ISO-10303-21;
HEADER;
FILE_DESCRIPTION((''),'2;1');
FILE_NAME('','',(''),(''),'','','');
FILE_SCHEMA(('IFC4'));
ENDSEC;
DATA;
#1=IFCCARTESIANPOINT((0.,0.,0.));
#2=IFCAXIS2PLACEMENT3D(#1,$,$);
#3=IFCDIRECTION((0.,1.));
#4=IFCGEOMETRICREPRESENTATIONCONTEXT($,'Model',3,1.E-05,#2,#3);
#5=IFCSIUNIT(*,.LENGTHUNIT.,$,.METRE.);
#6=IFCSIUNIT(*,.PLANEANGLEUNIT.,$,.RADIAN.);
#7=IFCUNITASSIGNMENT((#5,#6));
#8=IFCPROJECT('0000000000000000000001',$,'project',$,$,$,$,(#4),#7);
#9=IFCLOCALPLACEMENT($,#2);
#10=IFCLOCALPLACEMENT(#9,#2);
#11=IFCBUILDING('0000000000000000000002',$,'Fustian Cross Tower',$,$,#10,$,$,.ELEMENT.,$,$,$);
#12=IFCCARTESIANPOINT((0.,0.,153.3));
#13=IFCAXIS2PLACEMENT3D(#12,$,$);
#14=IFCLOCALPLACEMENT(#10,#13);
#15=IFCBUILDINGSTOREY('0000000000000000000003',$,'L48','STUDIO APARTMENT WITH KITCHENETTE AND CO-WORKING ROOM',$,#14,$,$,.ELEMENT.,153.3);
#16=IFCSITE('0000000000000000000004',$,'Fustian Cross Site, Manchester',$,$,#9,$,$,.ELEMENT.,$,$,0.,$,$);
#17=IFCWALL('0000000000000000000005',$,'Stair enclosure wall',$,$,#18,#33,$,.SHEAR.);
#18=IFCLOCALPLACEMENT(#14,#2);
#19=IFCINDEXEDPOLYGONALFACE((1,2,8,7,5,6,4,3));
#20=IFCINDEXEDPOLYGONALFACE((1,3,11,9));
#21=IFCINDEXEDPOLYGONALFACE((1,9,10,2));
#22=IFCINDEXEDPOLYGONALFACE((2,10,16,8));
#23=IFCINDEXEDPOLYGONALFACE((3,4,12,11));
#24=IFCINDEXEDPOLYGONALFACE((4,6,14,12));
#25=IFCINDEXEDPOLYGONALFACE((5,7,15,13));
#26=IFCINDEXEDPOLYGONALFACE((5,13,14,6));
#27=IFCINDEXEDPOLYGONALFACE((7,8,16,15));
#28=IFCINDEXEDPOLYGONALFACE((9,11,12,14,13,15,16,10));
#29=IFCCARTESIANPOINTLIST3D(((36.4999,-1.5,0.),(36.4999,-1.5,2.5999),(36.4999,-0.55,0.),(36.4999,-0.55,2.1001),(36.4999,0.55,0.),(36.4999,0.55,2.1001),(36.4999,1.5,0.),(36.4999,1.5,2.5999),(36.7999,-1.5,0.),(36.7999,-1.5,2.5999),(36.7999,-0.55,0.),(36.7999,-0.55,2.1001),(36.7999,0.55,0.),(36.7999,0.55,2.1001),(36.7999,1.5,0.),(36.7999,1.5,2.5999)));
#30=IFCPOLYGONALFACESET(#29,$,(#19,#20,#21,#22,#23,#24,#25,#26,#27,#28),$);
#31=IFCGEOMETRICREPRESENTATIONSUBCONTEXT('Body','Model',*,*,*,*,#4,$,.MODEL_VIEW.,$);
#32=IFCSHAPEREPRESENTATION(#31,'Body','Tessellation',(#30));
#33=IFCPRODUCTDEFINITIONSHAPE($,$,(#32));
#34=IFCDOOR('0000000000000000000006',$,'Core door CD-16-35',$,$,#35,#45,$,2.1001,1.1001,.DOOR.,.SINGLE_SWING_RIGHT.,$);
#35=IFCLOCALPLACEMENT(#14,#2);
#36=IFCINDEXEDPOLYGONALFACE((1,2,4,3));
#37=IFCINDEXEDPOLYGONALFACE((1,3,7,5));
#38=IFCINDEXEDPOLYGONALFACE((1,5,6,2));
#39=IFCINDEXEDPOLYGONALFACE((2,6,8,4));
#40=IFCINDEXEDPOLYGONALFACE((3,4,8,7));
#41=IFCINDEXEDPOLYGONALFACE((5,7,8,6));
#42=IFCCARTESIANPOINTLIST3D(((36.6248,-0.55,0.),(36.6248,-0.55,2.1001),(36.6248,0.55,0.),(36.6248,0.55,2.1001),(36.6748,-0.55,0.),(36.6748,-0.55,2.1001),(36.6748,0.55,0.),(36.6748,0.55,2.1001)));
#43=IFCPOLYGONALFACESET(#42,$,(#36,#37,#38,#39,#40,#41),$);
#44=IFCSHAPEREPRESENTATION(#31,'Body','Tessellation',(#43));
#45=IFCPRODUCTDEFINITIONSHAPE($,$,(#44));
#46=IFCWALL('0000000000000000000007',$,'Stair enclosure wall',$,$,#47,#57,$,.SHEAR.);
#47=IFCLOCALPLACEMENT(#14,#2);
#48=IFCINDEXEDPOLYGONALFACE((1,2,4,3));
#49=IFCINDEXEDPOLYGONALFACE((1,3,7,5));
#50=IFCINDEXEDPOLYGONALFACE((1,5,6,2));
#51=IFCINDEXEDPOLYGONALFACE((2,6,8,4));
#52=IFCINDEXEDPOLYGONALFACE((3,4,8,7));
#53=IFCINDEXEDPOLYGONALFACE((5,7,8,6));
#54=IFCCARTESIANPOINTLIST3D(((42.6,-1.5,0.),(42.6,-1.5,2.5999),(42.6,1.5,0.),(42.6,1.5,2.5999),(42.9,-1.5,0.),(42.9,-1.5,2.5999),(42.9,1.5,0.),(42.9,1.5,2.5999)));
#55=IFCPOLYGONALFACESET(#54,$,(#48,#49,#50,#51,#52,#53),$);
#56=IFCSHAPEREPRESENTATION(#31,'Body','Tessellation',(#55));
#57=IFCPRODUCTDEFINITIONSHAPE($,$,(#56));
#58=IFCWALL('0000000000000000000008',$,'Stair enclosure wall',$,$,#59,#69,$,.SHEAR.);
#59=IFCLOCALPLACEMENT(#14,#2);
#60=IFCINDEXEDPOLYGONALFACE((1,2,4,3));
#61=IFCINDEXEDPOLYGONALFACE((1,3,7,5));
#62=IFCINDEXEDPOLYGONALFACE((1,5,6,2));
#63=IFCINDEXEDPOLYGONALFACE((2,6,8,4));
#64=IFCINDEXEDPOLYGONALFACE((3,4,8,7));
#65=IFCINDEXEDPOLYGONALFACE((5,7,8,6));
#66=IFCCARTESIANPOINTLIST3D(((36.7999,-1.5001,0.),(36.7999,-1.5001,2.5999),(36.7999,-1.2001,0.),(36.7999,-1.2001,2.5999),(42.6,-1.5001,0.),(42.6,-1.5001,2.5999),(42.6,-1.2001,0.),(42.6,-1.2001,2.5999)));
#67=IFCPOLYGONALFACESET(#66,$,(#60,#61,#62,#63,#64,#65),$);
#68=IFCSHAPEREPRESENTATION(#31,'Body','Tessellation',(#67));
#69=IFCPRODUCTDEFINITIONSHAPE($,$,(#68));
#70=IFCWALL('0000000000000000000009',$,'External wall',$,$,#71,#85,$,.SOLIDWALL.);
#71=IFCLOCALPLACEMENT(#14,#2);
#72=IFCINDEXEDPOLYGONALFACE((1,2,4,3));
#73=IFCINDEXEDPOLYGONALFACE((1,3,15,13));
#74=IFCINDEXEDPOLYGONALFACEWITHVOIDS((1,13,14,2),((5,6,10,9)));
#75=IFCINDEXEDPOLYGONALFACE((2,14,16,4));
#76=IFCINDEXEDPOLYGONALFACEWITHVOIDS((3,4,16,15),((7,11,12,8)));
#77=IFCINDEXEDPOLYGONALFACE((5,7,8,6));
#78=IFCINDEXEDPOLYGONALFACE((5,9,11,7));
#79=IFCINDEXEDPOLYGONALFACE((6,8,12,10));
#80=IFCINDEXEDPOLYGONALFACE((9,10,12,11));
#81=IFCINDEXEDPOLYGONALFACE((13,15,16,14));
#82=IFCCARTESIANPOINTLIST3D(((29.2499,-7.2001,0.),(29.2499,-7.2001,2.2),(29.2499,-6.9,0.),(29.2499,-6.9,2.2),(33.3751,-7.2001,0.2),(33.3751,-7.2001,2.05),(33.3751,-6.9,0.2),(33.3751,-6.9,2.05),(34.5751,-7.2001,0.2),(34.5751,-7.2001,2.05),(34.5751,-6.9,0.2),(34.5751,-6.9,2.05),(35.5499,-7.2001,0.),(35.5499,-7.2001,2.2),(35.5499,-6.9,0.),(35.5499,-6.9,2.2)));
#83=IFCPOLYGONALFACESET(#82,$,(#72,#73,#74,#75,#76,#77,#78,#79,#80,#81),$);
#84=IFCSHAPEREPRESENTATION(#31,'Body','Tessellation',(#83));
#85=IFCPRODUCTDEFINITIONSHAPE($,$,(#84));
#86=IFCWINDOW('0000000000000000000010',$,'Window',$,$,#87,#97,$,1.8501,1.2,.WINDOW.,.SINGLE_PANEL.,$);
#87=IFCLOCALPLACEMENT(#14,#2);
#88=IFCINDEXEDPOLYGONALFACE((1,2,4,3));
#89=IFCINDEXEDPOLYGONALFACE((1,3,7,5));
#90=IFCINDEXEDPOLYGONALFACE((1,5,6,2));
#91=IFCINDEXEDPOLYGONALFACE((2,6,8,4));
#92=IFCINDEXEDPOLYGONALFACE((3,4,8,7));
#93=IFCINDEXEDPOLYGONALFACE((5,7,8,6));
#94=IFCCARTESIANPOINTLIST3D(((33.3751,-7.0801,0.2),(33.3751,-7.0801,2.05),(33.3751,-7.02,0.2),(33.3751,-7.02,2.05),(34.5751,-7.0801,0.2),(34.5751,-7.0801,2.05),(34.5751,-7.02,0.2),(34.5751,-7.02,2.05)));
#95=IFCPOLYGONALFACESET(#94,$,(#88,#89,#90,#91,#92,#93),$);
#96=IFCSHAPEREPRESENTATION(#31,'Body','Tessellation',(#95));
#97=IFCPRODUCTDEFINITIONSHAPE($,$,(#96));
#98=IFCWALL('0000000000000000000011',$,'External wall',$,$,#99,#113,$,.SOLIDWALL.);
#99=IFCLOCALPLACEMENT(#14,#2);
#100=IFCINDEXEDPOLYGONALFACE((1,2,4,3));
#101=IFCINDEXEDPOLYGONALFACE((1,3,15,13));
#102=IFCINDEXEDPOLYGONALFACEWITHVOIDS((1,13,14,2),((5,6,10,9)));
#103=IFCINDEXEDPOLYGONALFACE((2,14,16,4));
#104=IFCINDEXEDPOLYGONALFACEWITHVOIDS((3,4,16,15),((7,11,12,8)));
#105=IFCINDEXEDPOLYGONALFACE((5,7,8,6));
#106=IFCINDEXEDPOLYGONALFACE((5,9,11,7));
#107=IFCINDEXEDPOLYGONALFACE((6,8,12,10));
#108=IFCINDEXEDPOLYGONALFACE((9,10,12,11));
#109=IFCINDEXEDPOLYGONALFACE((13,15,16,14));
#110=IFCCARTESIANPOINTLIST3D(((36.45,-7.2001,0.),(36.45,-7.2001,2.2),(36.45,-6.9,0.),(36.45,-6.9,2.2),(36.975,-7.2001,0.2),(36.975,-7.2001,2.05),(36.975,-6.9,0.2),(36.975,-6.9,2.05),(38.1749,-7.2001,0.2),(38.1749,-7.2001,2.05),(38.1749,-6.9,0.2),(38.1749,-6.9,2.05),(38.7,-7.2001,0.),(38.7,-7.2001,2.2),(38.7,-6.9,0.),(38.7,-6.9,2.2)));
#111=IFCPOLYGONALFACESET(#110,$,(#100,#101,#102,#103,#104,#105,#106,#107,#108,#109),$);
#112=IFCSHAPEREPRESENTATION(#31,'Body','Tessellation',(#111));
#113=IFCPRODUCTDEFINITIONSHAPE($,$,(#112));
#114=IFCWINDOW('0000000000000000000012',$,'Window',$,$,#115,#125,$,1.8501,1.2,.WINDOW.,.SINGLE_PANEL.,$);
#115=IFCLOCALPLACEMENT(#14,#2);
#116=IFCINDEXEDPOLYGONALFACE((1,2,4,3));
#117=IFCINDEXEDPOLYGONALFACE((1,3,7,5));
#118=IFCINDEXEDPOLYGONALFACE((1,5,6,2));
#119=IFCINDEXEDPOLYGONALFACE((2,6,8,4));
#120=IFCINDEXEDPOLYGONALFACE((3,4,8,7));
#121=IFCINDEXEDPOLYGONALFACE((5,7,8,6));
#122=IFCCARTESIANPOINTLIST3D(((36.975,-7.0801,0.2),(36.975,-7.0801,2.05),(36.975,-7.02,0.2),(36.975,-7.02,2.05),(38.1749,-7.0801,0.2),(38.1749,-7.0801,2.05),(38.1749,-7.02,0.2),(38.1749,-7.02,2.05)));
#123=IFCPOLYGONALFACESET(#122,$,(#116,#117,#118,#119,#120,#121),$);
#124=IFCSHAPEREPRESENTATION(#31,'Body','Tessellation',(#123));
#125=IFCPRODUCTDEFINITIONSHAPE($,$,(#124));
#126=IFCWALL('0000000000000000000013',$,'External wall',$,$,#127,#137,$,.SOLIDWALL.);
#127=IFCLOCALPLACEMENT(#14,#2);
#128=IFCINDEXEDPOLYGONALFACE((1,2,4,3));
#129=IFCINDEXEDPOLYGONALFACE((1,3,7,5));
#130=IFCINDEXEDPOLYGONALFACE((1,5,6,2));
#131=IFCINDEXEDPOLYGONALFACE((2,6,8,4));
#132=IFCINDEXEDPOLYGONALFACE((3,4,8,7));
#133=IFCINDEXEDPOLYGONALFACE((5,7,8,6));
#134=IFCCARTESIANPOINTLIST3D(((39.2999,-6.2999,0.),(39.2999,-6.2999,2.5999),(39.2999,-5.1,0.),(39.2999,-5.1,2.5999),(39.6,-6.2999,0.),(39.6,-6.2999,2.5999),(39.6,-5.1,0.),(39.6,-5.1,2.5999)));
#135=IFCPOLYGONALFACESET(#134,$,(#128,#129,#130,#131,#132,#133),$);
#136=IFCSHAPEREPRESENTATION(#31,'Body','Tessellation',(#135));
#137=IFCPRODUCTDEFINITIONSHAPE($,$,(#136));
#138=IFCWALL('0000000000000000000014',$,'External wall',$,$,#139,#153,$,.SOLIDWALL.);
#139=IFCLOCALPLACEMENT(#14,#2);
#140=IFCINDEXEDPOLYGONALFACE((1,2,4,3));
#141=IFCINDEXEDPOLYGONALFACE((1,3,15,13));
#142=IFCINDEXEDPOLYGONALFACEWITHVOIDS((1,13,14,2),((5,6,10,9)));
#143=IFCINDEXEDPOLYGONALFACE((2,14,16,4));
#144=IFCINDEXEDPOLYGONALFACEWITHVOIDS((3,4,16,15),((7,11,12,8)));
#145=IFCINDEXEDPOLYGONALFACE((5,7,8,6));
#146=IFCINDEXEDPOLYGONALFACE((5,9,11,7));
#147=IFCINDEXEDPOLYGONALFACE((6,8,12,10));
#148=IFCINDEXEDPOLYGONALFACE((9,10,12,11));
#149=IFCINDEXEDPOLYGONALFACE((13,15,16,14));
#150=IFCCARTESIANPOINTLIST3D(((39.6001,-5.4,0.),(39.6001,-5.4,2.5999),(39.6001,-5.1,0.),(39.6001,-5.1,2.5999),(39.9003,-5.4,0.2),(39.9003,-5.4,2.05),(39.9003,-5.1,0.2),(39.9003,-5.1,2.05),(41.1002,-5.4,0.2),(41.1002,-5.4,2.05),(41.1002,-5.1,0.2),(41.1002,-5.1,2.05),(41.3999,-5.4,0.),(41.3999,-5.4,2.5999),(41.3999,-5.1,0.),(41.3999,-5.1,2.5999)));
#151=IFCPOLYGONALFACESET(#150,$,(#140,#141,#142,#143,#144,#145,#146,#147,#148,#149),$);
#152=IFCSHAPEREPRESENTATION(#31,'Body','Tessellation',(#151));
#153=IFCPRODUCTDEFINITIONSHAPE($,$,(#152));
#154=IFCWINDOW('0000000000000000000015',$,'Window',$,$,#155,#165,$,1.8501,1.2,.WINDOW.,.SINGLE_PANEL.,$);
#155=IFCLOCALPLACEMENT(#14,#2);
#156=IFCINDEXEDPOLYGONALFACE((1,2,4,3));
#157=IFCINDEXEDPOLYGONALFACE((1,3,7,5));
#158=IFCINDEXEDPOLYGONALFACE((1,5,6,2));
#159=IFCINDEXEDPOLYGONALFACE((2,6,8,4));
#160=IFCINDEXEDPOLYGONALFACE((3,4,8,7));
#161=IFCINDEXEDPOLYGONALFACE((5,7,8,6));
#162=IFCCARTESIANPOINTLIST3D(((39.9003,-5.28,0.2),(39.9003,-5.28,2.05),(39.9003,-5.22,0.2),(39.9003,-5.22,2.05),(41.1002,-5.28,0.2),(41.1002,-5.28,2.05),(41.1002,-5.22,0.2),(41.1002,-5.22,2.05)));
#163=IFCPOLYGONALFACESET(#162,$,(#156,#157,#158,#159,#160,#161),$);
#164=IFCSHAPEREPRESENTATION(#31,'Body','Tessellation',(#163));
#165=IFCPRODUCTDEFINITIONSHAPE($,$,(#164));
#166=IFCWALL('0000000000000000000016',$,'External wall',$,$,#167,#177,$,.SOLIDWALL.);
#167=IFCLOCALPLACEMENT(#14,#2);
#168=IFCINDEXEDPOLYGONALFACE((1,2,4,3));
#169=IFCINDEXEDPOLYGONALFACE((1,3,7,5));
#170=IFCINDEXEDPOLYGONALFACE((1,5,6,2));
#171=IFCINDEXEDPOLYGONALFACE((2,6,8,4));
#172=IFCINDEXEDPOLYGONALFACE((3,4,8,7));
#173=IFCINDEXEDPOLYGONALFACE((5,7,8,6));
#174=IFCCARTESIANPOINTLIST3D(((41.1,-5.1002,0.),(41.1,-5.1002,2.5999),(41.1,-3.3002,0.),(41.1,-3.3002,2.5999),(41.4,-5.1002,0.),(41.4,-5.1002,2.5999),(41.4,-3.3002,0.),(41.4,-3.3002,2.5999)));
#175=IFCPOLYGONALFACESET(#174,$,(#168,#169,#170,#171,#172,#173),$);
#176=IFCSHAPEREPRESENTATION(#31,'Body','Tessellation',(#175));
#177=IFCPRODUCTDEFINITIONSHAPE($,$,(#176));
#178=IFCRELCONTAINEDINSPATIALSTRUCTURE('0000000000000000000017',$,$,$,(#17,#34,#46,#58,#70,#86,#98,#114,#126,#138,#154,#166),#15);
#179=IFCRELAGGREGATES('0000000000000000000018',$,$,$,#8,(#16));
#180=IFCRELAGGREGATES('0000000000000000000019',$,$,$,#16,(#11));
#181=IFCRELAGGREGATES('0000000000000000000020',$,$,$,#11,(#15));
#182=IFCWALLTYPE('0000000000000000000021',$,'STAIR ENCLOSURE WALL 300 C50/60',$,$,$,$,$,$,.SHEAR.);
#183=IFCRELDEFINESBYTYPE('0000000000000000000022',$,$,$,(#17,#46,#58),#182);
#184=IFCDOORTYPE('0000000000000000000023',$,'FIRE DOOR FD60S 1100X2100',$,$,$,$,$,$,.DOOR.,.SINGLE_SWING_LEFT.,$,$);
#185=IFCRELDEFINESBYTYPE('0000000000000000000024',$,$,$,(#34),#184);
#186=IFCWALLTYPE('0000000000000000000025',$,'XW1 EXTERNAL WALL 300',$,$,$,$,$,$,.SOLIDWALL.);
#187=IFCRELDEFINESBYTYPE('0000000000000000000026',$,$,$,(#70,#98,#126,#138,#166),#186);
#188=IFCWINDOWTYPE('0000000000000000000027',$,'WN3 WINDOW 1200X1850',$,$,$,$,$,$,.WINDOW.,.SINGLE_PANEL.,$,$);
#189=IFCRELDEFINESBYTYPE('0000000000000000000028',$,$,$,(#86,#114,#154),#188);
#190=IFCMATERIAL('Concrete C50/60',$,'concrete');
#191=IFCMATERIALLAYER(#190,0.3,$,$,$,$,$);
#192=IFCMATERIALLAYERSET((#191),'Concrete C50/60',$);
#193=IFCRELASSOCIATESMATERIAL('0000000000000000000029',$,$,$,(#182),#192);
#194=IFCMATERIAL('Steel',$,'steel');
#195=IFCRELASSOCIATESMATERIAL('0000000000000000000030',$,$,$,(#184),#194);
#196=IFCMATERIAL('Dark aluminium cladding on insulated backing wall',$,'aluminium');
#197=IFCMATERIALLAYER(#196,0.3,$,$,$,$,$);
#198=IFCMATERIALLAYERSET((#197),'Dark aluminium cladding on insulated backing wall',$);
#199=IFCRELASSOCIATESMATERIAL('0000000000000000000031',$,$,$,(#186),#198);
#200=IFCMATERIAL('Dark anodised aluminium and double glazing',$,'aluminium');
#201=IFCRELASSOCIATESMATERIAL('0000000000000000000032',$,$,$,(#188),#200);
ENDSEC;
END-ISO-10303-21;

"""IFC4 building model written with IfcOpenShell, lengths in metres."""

from ifc_helpers import new_model, si_unit, direction, frame, frame_2d, origin, place, context, subcontext, project, spatial, rectangle, extrude, material, layer, layer_set, type_object, element, fill, save


model = new_model("IFC4")

# Units and contexts
model_context = context("Model", 3, precision=1e-05, world=origin(), true_north=direction((0.0, 1.0)))
body_context = subcontext(model_context, "Body", "Model", "MODEL_VIEW")
ifc_project = project(units=[si_unit("LENGTHUNIT", "METRE"), si_unit("PLANEANGLEUNIT", "RADIAN")], contexts=[model_context])

# Site, building, storey
site_placement = place(None, origin())
site = spatial("IfcSite", under=ifc_project, at=site_placement, Name="Fustian Cross Site, Manchester", CompositionType="ELEMENT", RefElevation=0.0)
building_placement = place(site_placement, origin())
building = spatial("IfcBuilding", under=site, at=building_placement, Name="Fustian Cross Tower", CompositionType="ELEMENT")
storey_placement = place(building_placement, frame((0.0, 0.0, 153.3)))
storey = spatial("IfcBuildingStorey", under=building, at=storey_placement, Name="L48", Description="STUDIO APARTMENT WITH KITCHENETTE AND CO-WORKING ROOM", CompositionType="ELEMENT", Elevation=153.3)

# Wall, opening, door
ifc_material_1 = material(Name="Concrete C50/60", Category="concrete")
ifc_layer_1 = layer(ifc_material_1, 0.3)
ifc_layer_set_1 = layer_set([ifc_layer_1], Name="Concrete C50/60")
wall_type_1 = type_object("IfcWallType", Name="STAIR ENCLOSURE WALL 300 C50/60", PredefinedType="SHEAR", material=ifc_layer_set_1)
wall_1_placement = place(storey_placement, frame((36.6499, -1.5, 0.0), z_axis=(0.0, 0.0, 1.0), x_axis=(0.0, 1.0, 0.0)))
wall_1 = element("IfcWall", 1, at=wall_1_placement, inside=storey, type_object=wall_type_1, Name="Stair enclosure wall", PredefinedType="SHEAR", context=body_context, shape_type="SweptSolid", body=[
    extrude(rectangle(XDim=3.0, YDim=0.3, at=frame_2d((1.5, 0.0))), origin(), (0.0, 0.0, 1.0), 2.5999),
])
opening_1_placement = place(wall_1_placement, frame((0.95, 0.0, 0.0)))
opening_1 = element("IfcOpeningElement", 2, at=opening_1_placement, cuts=wall_1, PredefinedType="OPENING", context=body_context, shape_type="SweptSolid", body=[
    extrude(rectangle(XDim=1.1001, YDim=2.1001, at=frame_2d((0.55, 1.05))), frame((0.0, 0.1599, 0.0), z_axis=(0.0, -1.0, 0.0), x_axis=(1.0, 0.0, 0.0)), (0.0, 0.0, 1.0), 0.3201),
])
ifc_material_2 = material(Name="Steel", Category="steel")
door_type = type_object("IfcDoorType", Name="FIRE DOOR FD60S 1100X2100", OperationType="SINGLE_SWING_LEFT", PredefinedType="DOOR", material=ifc_material_2)
door_placement = place(opening_1_placement, frame((1.1001, 0.0, 0.0), z_axis=(0.0, 0.0, 1.0), x_axis=(-1.0, 0.0, 0.0)))
door = element("IfcDoor", 3, at=door_placement, inside=storey, type_object=door_type, Name="Core door CD-16-35", OperationType="SINGLE_SWING_RIGHT", OverallHeight=2.1001, OverallWidth=1.1001, PredefinedType="DOOR", context=body_context, shape_type="SweptSolid", body=[
    extrude(rectangle(XDim=1.1001, YDim=2.1001, at=frame_2d((0.55, 1.05))), frame((0.0, 0.0249, 0.0), z_axis=(0.0, -1.0, 0.0), x_axis=(1.0, 0.0, 0.0)), (0.0, 0.0, 1.0), 0.05),
])
fill(opening_1, door)

# Walls
wall_2_placement = place(storey_placement, frame((42.75, -1.5, 0.0), z_axis=(0.0, 0.0, 1.0), x_axis=(0.0, 1.0, 0.0)))
element("IfcWall", 4, at=wall_2_placement, inside=storey, type_object=wall_type_1, Name="Stair enclosure wall", PredefinedType="SHEAR", context=body_context, shape_type="SweptSolid", body=[
    extrude(rectangle(XDim=3.0, YDim=0.3, at=frame_2d((1.5, 0.0))), origin(), (0.0, 0.0, 1.0), 2.5999),
])
wall_3_placement = place(storey_placement, frame((36.8, -1.3501, 0.0), z_axis=(0.0, 0.0, 1.0), x_axis=(1.0, 0.0, 0.0)))
element("IfcWall", 5, at=wall_3_placement, inside=storey, type_object=wall_type_1, Name="Stair enclosure wall", PredefinedType="SHEAR", context=body_context, shape_type="SweptSolid", body=[
    extrude(rectangle(XDim=5.8, YDim=0.3, at=frame_2d((2.8999, 0.0))), origin(), (0.0, 0.0, 1.0), 2.5999),
])

# Walls, openings, windows
ifc_material_3 = material(Name="Dark aluminium cladding on insulated backing wall", Category="aluminium")
ifc_layer_2 = layer(ifc_material_3, 0.3)
ifc_layer_set_2 = layer_set([ifc_layer_2], Name="Dark aluminium cladding on insulated backing wall")
wall_type_2 = type_object("IfcWallType", Name="XW1 EXTERNAL WALL 300", PredefinedType="SOLIDWALL", material=ifc_layer_set_2)
wall_4_placement = place(storey_placement, frame((29.25, -7.05, 0.0), z_axis=(0.0, 0.0, 1.0), x_axis=(1.0, 0.0, 0.0)))
wall_4 = element("IfcWall", 6, at=wall_4_placement, inside=storey, type_object=wall_type_2, Name="External wall", PredefinedType="SOLIDWALL", context=body_context, shape_type="SweptSolid", body=[
    extrude(rectangle(XDim=6.3, YDim=0.3, at=frame_2d((3.1499, 0.0))), origin(), (0.0, 0.0, 1.0), 2.2),
])
opening_2_placement = place(wall_4_placement, frame((4.125, 0.0, 0.2)))
opening_2 = element("IfcOpeningElement", 7, at=opening_2_placement, cuts=wall_4, PredefinedType="OPENING", context=body_context, shape_type="SweptSolid", body=[
    extrude(rectangle(XDim=1.2, YDim=1.8501, at=frame_2d((0.6001, 0.925))), frame((0.0, 0.1599, 0.0), z_axis=(0.0, -1.0, 0.0), x_axis=(1.0, 0.0, 0.0)), (0.0, 0.0, 1.0), 0.3201),
])
ifc_material_4 = material(Name="Dark anodised aluminium and double glazing", Category="aluminium")
window_type_1 = type_object("IfcWindowType", Name="WN3 WINDOW 1200X1850", PartitioningType="SINGLE_PANEL", PredefinedType="WINDOW", material=ifc_material_4)
window_1_placement = place(opening_2_placement, origin())
window_1 = element("IfcWindow", 8, at=window_1_placement, inside=storey, type_object=window_type_1, Name="Window", OverallHeight=1.8501, OverallWidth=1.2, PartitioningType="SINGLE_PANEL", PredefinedType="WINDOW", context=body_context, shape_type="SweptSolid", body=[
    extrude(rectangle(XDim=1.2, YDim=1.8501, at=frame_2d((0.6001, 0.925))), frame((0.0, 0.03, 0.0), z_axis=(0.0, -1.0, 0.0), x_axis=(1.0, 0.0, 0.0)), (0.0, 0.0, 1.0), 0.0601),
])
fill(opening_2, window_1)
wall_5_placement = place(storey_placement, frame((36.45, -7.05, 0.0), z_axis=(0.0, 0.0, 1.0), x_axis=(1.0, 0.0, 0.0)))
wall_5 = element("IfcWall", 9, at=wall_5_placement, inside=storey, type_object=wall_type_2, Name="External wall", PredefinedType="SOLIDWALL", context=body_context, shape_type="SweptSolid", body=[
    extrude(rectangle(XDim=2.25, YDim=0.3, at=frame_2d((1.125, 0.0))), origin(), (0.0, 0.0, 1.0), 2.2),
])
opening_3_placement = place(wall_5_placement, frame((0.5249, 0.0, 0.2)))
opening_3 = element("IfcOpeningElement", 10, at=opening_3_placement, cuts=wall_5, PredefinedType="OPENING", context=body_context, shape_type="SweptSolid", body=[
    extrude(rectangle(XDim=1.2, YDim=1.8501, at=frame_2d((0.6001, 0.925))), frame((0.0, 0.1599, 0.0), z_axis=(0.0, -1.0, 0.0), x_axis=(1.0, 0.0, 0.0)), (0.0, 0.0, 1.0), 0.3201),
])
window_2_placement = place(opening_3_placement, origin())
window_2 = element("IfcWindow", 11, at=window_2_placement, inside=storey, type_object=window_type_1, Name="Window", OverallHeight=1.8501, OverallWidth=1.2, PartitioningType="SINGLE_PANEL", PredefinedType="WINDOW", context=body_context, shape_type="SweptSolid", body=[
    extrude(rectangle(XDim=1.2, YDim=1.8501, at=frame_2d((0.6001, 0.925))), frame((0.0, 0.03, 0.0), z_axis=(0.0, -1.0, 0.0), x_axis=(1.0, 0.0, 0.0)), (0.0, 0.0, 1.0), 0.0601),
])
fill(opening_3, window_2)

# Wall
wall_6_placement = place(storey_placement, frame((39.45, -6.3, 0.0), z_axis=(0.0, 0.0, 1.0), x_axis=(0.0, 1.0, 0.0)))
element("IfcWall", 12, at=wall_6_placement, inside=storey, type_object=wall_type_2, Name="External wall", PredefinedType="SOLIDWALL", context=body_context, shape_type="SweptSolid", body=[
    extrude(rectangle(XDim=1.2, YDim=0.3, at=frame_2d((0.6001, 0.0))), origin(), (0.0, 0.0, 1.0), 2.5999),
])

# Wall, opening, window
wall_7_placement = place(storey_placement, frame((39.6001, -5.25, 0.0), z_axis=(0.0, 0.0, 1.0), x_axis=(1.0, 0.0, 0.0)))
wall_7 = element("IfcWall", 13, at=wall_7_placement, inside=storey, type_object=wall_type_2, Name="External wall", PredefinedType="SOLIDWALL", context=body_context, shape_type="SweptSolid", body=[
    extrude(rectangle(XDim=1.7998, YDim=0.3, at=frame_2d((0.8999, 0.0))), origin(), (0.0, 0.0, 1.0), 2.5999),
])
opening_4_placement = place(wall_7_placement, frame((0.3, 0.0, 0.2)))
opening_4 = element("IfcOpeningElement", 14, at=opening_4_placement, cuts=wall_7, PredefinedType="OPENING", context=body_context, shape_type="SweptSolid", body=[
    extrude(rectangle(XDim=1.2, YDim=1.8501, at=frame_2d((0.6001, 0.925))), frame((0.0, 0.1599, 0.0), z_axis=(0.0, -1.0, 0.0), x_axis=(1.0, 0.0, 0.0)), (0.0, 0.0, 1.0), 0.3201),
])
window_3_placement = place(opening_4_placement, origin())
window_3 = element("IfcWindow", 15, at=window_3_placement, inside=storey, type_object=window_type_1, Name="Window", OverallHeight=1.8501, OverallWidth=1.2, PartitioningType="SINGLE_PANEL", PredefinedType="WINDOW", context=body_context, shape_type="SweptSolid", body=[
    extrude(rectangle(XDim=1.2, YDim=1.8501, at=frame_2d((0.6001, 0.925))), frame((0.0, 0.03, 0.0), z_axis=(0.0, -1.0, 0.0), x_axis=(1.0, 0.0, 0.0)), (0.0, 0.0, 1.0), 0.0601),
])
fill(opening_4, window_3)

# Wall
wall_8_placement = place(storey_placement, frame((41.25, -5.1001, 0.0), z_axis=(0.0, 0.0, 1.0), x_axis=(0.0, 1.0, 0.0)))
element("IfcWall", 16, at=wall_8_placement, inside=storey, type_object=wall_type_2, Name="External wall", PredefinedType="SOLIDWALL", context=body_context, shape_type="SweptSolid", body=[
    extrude(rectangle(XDim=1.8, YDim=0.3, at=frame_2d((0.8999, 0.0))), origin(), (0.0, 0.0, 1.0), 2.5999),
])

save(model, "model.ifc")
